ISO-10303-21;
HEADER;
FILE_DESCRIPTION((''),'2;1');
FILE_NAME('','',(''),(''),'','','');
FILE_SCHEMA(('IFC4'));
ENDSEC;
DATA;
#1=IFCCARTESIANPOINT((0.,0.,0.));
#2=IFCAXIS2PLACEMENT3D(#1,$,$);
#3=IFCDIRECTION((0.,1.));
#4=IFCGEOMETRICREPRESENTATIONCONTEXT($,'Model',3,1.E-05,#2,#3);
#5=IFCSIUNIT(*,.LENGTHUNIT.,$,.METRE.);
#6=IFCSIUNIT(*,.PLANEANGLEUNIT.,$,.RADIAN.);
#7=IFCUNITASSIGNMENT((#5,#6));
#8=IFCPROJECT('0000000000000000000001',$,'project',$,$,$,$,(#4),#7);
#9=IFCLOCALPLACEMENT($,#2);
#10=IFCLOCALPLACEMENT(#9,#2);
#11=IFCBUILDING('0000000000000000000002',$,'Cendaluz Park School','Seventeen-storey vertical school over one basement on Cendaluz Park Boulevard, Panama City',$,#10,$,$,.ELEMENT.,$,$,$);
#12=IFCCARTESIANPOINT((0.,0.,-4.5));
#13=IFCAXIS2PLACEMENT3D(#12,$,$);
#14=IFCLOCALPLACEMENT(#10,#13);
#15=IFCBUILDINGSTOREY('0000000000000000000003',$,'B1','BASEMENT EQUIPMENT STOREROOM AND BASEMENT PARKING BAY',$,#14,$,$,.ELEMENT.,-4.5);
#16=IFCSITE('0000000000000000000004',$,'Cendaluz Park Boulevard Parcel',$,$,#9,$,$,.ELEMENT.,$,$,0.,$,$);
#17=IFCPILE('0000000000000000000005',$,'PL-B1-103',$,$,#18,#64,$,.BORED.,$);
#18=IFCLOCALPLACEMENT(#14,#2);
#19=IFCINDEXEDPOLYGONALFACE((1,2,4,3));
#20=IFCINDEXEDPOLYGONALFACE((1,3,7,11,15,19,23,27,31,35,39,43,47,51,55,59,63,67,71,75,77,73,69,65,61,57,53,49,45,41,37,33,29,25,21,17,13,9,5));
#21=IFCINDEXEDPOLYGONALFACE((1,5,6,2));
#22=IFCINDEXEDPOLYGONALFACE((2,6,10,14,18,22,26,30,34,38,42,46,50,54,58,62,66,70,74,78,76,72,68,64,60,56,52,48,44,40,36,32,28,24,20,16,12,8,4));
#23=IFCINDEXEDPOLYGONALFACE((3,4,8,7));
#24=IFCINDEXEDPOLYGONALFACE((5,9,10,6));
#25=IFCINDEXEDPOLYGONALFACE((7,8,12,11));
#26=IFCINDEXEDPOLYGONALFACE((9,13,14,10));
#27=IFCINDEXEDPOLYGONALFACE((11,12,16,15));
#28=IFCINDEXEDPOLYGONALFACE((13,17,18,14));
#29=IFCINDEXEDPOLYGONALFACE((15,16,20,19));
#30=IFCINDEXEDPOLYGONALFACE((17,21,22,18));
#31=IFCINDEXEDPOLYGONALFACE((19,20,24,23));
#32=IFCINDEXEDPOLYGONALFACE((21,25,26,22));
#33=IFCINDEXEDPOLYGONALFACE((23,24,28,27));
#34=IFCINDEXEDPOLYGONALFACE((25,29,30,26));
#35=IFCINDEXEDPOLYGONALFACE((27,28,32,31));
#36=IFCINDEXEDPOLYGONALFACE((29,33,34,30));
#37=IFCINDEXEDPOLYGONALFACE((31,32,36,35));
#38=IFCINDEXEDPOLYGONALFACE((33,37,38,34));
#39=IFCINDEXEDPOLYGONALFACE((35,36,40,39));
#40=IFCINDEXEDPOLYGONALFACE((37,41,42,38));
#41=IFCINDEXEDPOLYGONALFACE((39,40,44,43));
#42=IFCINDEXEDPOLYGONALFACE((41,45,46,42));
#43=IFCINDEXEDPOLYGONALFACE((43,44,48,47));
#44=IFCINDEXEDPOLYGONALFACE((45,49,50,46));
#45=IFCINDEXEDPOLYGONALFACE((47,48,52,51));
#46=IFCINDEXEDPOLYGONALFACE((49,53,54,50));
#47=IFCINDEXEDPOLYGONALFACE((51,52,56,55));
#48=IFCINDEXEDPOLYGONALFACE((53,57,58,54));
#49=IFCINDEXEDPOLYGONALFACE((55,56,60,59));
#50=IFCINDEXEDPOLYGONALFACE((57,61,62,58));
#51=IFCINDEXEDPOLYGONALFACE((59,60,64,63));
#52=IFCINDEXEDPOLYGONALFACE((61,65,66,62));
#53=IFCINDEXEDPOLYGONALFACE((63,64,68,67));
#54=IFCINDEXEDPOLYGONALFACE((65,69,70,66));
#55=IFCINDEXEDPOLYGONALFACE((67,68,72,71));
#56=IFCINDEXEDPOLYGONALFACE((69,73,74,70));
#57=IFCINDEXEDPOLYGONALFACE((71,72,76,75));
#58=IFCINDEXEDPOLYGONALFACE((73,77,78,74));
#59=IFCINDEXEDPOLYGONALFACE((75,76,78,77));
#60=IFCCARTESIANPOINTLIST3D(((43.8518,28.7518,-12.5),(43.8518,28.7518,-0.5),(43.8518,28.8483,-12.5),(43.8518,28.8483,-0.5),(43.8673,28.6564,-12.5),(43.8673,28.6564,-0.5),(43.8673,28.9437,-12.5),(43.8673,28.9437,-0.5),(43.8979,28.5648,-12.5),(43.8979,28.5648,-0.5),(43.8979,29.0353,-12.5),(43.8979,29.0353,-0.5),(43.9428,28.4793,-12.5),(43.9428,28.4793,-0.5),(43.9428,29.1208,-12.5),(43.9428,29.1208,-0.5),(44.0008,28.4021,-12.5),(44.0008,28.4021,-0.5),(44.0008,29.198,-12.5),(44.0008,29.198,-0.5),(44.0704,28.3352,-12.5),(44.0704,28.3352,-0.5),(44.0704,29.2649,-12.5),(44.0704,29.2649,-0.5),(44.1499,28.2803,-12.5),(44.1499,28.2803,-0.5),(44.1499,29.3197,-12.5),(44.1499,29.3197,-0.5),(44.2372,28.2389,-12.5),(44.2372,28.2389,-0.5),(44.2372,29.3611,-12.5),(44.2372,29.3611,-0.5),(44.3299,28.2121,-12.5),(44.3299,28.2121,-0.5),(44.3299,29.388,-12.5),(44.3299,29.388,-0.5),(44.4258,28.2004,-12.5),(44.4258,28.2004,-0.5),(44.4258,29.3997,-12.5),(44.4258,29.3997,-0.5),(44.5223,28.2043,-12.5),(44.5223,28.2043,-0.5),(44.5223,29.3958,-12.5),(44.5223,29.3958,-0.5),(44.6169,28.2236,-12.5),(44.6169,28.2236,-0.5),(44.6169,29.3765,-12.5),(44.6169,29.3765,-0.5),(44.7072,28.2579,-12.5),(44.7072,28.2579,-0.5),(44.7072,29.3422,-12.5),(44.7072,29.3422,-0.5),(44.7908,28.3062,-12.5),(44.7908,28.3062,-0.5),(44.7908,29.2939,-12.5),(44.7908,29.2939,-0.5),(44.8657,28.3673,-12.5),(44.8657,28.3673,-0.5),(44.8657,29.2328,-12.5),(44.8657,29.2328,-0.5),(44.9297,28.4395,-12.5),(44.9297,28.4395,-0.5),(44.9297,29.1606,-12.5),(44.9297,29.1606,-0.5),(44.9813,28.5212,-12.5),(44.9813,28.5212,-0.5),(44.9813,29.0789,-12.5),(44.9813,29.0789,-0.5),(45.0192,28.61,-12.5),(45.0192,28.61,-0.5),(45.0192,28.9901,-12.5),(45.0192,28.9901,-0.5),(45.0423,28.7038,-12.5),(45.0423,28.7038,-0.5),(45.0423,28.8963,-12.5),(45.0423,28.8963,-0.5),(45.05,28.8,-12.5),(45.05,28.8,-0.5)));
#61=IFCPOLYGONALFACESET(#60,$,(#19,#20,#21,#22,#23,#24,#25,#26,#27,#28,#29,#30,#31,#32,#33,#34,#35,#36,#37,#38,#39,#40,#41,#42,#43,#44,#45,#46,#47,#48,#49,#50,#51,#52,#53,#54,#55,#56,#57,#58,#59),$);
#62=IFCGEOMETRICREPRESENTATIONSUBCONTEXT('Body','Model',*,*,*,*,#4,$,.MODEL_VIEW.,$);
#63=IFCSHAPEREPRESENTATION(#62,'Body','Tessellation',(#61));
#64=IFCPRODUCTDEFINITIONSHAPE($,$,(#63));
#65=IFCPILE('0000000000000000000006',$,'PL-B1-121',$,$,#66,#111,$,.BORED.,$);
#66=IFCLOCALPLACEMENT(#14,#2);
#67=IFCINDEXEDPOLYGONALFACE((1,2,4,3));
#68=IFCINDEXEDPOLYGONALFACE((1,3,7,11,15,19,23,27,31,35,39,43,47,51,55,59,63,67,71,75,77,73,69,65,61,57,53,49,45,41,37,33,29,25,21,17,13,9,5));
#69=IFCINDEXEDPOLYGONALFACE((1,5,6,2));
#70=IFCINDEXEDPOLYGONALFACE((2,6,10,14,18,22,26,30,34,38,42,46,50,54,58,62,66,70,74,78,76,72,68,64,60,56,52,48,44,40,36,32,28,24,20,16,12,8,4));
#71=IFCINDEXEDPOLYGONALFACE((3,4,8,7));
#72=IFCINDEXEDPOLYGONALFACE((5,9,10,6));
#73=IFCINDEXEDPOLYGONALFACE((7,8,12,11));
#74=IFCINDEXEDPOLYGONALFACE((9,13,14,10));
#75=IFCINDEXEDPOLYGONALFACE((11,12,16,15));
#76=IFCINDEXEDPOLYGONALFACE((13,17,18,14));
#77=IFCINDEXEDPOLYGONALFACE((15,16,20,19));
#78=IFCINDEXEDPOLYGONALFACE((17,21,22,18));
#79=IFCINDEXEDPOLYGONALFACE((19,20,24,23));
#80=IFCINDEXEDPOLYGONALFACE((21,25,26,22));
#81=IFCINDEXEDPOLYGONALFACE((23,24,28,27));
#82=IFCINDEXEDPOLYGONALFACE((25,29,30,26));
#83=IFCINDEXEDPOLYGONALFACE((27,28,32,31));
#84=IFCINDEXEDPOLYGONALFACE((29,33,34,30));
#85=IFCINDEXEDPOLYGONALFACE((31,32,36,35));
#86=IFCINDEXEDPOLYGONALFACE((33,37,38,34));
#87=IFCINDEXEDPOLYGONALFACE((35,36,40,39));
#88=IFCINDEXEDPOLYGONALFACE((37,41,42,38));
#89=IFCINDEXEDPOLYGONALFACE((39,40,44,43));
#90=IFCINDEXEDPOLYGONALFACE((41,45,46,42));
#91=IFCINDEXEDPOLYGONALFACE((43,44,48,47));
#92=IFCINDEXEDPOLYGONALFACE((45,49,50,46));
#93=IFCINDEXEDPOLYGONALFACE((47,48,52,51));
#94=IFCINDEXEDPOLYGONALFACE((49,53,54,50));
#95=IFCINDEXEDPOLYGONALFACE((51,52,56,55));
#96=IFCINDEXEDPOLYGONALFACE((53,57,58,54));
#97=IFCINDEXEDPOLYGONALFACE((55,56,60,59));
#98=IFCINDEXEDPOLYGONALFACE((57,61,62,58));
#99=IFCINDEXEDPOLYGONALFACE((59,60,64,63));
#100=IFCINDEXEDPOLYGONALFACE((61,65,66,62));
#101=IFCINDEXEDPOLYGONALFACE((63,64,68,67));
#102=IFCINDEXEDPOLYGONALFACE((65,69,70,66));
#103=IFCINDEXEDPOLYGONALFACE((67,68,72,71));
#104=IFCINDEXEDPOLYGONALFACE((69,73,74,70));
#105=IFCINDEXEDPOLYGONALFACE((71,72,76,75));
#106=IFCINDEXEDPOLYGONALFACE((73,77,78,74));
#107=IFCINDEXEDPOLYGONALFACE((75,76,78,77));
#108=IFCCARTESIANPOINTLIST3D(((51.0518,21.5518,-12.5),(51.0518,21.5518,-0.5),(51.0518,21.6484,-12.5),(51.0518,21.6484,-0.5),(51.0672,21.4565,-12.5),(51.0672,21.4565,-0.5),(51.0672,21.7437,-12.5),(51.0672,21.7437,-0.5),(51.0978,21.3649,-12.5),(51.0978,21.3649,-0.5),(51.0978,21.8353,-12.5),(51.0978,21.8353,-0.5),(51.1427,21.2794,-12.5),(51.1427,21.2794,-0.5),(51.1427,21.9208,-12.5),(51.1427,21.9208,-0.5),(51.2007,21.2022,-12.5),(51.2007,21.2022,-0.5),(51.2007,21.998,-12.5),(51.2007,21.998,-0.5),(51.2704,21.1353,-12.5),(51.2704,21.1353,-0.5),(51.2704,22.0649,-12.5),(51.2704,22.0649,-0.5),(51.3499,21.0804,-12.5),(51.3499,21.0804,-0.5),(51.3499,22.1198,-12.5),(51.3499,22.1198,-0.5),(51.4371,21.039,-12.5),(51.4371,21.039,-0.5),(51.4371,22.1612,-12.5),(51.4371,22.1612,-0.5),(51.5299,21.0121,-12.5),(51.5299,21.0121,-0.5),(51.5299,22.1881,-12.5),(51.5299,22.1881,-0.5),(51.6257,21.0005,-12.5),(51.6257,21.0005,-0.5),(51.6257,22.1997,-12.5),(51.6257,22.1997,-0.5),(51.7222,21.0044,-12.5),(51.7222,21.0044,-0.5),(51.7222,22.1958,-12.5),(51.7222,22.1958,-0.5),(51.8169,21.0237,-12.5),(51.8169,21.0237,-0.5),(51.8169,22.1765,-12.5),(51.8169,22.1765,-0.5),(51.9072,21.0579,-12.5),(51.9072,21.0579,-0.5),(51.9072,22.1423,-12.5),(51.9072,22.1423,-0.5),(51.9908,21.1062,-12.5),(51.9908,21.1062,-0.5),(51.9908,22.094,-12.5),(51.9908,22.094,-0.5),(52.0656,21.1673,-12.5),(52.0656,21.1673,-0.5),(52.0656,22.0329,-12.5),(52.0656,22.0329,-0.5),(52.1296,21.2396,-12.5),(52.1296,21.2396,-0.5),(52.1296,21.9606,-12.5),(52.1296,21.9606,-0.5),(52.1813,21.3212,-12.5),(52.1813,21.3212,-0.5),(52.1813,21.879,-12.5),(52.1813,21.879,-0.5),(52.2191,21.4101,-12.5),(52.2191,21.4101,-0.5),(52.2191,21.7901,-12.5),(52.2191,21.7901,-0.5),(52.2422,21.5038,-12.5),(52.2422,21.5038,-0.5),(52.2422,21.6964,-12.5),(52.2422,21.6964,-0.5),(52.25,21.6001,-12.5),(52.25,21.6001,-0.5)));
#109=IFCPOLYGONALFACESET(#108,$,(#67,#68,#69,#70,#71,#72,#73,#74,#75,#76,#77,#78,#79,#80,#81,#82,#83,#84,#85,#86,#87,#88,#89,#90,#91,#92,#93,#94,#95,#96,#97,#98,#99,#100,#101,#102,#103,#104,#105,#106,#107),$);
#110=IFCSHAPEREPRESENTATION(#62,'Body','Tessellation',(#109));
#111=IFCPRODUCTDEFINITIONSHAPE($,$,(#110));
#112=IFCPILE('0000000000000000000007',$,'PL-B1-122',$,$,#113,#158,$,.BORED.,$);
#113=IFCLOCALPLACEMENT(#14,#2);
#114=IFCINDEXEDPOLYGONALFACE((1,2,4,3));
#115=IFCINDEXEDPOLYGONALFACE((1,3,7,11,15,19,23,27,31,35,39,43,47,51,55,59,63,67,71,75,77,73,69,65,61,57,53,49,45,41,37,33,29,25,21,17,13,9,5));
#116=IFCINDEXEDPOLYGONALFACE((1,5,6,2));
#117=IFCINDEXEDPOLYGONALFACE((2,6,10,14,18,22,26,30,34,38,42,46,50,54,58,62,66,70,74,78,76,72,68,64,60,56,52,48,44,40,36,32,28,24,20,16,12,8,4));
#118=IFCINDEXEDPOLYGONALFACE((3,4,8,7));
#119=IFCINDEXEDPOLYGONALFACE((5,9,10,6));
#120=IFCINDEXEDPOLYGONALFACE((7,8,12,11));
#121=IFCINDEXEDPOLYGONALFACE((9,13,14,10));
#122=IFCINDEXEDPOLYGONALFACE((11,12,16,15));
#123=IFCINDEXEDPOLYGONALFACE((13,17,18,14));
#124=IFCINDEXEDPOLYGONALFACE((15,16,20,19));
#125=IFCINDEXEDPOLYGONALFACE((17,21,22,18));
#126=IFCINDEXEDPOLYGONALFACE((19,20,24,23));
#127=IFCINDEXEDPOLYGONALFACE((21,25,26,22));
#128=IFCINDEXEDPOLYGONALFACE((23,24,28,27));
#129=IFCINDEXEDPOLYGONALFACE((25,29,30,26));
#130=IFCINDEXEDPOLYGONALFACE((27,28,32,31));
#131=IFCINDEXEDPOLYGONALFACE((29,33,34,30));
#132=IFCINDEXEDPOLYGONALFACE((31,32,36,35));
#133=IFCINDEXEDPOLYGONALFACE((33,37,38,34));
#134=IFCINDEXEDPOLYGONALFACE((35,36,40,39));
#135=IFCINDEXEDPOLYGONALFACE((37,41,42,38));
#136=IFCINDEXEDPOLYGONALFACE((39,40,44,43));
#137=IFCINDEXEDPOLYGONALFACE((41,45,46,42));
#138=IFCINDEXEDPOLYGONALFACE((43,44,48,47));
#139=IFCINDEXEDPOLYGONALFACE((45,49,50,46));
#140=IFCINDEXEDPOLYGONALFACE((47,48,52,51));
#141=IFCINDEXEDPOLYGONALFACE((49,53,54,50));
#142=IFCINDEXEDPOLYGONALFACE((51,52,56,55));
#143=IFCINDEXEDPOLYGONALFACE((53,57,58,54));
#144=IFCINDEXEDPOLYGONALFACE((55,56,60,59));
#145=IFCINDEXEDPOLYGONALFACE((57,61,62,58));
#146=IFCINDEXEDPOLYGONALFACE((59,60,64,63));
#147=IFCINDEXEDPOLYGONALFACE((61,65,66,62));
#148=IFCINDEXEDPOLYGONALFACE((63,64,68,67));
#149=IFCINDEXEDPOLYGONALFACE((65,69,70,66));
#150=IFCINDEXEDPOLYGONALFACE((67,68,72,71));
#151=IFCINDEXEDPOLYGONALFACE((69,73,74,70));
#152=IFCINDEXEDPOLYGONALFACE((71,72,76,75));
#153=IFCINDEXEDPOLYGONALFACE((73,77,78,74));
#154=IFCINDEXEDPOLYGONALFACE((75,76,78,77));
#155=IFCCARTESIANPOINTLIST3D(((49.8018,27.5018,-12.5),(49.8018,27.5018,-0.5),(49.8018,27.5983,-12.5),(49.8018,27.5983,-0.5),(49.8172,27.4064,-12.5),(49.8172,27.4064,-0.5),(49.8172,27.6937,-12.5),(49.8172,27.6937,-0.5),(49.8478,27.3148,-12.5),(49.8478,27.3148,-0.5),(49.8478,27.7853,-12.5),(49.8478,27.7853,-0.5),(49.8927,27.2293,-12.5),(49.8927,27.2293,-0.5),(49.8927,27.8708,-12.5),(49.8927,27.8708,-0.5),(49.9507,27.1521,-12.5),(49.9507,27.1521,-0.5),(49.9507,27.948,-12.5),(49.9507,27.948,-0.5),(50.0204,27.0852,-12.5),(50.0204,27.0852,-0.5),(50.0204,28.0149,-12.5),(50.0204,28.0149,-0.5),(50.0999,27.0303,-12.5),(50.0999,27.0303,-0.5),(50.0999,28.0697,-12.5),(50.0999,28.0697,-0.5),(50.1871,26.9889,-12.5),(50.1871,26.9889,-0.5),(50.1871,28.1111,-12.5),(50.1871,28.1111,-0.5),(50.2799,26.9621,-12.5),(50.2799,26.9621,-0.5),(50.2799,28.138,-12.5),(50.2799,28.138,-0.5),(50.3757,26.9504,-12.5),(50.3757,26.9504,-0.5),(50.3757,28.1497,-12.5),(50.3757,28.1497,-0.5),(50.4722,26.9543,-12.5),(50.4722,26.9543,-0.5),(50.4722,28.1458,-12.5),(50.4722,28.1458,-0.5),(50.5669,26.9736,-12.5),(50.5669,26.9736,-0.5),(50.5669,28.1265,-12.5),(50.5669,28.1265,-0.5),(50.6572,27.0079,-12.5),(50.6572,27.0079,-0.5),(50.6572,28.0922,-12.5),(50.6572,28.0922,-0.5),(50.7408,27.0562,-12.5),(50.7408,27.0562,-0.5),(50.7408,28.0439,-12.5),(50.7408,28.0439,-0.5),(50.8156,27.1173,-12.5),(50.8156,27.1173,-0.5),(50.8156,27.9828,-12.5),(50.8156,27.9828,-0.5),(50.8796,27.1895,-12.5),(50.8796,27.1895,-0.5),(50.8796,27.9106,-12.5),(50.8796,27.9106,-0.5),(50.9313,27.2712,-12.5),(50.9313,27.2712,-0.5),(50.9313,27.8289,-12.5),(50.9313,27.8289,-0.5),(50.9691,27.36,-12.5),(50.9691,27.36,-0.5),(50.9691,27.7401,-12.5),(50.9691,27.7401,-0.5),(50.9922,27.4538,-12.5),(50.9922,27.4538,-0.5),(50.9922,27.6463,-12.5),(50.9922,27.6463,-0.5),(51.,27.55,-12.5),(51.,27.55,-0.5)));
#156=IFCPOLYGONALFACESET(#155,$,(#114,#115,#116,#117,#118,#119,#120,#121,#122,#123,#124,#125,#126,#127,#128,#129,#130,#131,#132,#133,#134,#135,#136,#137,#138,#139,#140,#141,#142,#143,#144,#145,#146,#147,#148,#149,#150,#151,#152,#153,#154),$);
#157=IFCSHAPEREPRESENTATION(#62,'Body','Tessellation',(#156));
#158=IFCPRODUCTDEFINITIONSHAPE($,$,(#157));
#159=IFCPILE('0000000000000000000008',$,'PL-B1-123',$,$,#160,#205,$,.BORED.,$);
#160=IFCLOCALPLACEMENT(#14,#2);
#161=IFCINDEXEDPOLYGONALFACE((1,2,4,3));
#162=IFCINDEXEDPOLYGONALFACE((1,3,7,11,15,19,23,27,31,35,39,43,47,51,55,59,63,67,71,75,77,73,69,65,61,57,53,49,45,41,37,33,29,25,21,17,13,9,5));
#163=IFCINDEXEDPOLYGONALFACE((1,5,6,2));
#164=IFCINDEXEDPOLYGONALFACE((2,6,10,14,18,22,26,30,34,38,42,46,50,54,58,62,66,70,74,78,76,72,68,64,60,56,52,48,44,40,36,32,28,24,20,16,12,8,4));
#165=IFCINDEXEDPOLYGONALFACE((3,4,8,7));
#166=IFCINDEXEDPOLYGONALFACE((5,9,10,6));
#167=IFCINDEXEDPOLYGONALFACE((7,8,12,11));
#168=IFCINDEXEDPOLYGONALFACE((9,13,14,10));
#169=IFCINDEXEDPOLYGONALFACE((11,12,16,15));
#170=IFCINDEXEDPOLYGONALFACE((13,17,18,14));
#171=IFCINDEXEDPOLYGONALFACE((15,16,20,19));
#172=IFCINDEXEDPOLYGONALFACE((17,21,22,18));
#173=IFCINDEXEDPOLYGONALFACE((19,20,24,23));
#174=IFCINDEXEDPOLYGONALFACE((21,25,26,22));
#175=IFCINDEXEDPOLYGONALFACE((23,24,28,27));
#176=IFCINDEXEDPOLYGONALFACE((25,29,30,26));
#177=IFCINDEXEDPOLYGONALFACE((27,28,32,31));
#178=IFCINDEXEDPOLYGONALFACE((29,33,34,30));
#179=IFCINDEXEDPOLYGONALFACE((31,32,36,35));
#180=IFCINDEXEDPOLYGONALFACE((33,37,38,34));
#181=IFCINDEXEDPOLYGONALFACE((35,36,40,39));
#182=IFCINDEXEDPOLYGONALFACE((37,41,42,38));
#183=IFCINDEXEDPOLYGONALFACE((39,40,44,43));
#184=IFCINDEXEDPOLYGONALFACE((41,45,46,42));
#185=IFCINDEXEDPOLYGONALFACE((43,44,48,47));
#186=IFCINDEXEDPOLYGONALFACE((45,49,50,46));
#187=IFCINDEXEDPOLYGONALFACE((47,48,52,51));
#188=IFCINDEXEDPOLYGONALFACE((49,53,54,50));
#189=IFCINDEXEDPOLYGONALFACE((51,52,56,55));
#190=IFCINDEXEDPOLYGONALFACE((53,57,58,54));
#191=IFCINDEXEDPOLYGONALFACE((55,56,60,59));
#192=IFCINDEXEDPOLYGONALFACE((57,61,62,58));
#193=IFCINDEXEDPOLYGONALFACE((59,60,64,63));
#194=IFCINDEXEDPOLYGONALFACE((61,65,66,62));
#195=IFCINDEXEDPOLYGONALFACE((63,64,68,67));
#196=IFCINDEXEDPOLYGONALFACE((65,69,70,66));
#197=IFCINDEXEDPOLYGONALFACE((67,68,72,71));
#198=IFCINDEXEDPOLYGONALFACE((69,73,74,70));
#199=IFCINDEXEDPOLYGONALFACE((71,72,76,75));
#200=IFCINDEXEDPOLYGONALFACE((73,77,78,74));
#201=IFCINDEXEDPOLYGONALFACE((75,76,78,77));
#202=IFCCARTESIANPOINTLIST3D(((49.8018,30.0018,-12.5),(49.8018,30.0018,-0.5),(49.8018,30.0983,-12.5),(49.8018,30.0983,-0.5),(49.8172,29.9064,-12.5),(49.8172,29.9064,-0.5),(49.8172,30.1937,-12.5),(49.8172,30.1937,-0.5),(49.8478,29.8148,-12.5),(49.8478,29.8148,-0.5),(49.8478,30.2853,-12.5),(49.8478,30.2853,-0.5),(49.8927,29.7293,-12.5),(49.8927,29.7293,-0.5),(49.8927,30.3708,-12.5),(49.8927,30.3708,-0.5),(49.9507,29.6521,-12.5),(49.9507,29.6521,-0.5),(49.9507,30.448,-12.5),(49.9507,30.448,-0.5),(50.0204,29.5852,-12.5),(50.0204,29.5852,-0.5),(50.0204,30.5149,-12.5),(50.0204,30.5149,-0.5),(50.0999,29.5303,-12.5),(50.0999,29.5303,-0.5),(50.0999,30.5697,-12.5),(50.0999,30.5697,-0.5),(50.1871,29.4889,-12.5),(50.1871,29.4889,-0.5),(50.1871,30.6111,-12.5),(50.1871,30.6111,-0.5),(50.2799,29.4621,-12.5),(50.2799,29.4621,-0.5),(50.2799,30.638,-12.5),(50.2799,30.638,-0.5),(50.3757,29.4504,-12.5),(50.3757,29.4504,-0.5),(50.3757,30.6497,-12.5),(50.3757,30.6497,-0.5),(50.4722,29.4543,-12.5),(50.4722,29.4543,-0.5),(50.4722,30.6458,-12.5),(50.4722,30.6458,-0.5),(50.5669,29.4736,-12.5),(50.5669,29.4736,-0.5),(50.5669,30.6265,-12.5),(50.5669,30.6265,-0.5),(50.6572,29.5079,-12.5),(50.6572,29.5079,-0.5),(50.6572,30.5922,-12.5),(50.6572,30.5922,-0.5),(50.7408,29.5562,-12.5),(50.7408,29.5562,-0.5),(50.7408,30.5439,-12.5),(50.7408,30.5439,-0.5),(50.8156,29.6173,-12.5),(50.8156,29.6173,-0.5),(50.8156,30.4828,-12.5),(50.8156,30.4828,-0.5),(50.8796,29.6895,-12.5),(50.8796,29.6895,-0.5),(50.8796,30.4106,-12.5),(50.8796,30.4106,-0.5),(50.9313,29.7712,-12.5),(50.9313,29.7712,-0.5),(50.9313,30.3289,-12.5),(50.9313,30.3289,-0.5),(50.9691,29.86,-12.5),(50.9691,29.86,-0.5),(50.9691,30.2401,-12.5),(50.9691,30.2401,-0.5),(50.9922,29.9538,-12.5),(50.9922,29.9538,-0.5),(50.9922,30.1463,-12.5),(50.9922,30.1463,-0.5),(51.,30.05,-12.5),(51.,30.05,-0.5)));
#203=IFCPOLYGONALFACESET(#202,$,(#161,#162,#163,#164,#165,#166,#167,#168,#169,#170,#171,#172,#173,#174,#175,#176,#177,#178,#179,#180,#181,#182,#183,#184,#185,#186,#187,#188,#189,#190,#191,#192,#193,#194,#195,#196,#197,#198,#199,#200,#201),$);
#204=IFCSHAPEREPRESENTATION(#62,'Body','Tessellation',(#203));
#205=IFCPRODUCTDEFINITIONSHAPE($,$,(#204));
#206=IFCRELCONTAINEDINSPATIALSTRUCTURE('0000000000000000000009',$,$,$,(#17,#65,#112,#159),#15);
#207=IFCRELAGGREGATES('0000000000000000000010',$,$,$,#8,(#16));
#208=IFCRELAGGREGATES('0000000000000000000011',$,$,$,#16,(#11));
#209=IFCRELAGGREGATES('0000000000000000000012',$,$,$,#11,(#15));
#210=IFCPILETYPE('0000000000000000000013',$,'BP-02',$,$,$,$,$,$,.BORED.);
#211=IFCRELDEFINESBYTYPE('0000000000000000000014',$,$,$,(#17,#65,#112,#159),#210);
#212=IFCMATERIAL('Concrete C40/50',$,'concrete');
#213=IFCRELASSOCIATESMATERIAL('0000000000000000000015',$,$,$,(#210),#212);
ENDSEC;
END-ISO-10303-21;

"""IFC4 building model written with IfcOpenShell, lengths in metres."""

from ifc_helpers import new_model, si_unit, direction, frame, origin, origin_2d, place, context, subcontext, project, spatial, circle, extrude, material, material_profile, profile_set, type_object, element, save


model = new_model("IFC4")

# Units and contexts
model_context = context("Model", 3, precision=1e-05, world=origin(), true_north=direction((0.0, 1.0)))
body_context = subcontext(model_context, "Body", "Model", "MODEL_VIEW")
ifc_project = project(units=[si_unit("LENGTHUNIT", "METRE"), si_unit("PLANEANGLEUNIT", "RADIAN")], contexts=[model_context])

# Site, building, storey
site_placement = place(None, origin())
site = spatial("IfcSite", under=ifc_project, at=site_placement, Name="Cendaluz Park Boulevard Parcel", CompositionType="ELEMENT", RefElevation=0.0)
building_placement = place(site_placement, origin())
building = spatial("IfcBuilding", under=site, at=building_placement, Name="Cendaluz Park School", Description="Seventeen-storey vertical school over one basement on Cendaluz Park Boulevard, Panama City", CompositionType="ELEMENT")
storey_placement = place(building_placement, frame((0.0, 0.0, -4.5)))
storey = spatial("IfcBuildingStorey", under=building, at=storey_placement, Name="B1", Description="BASEMENT EQUIPMENT STOREROOM AND BASEMENT PARKING BAY", CompositionType="ELEMENT", Elevation=-4.5)

# Piles
ifc_material_1 = material(Name="Concrete C40/50", Category="concrete")
ifc_material_profile_1 = material_profile(ifc_material_1, circle(Radius=0.6001, at=origin_2d()), Name="BP D1200", Category="concrete")
ifc_profile_set_1 = profile_set([ifc_material_profile_1], Name="Concrete C40/50")
pile_type_1 = type_object("IfcPileType", Name="BP-02", PredefinedType="BORED", material=ifc_profile_set_1)
for number, where, z_axis, x_axis, name in (
    (1, (44.45, 28.8, -0.5), (0.0, 0.0, -1.0), (1.0, 0.0, 0.0), "PL-B1-103"),
    (2, (51.6499, 21.6001, -0.5), (0.0, 0.0, -1.0), (1.0, 0.0, 0.0), "PL-B1-121"),
    (3, (50.3999, 27.55, -0.5), (0.0, 0.0, -1.0), (1.0, 0.0, 0.0), "PL-B1-122"),
    (4, (50.3999, 30.05, -0.5), (0.0, 0.0, -1.0), (1.0, 0.0, 0.0), "PL-B1-123"),
):
    element("IfcPile", number, at=place(storey_placement, frame(where, z_axis=z_axis, x_axis=x_axis)), inside=storey, type_object=pile_type_1, Name=name, PredefinedType="BORED", context=body_context, shape_type="SweptSolid", body=[
        extrude(circle(Radius=0.6001, at=origin_2d()), origin(), (0.0, 0.0, 1.0), 12.0),
    ])

save(model, "model.ifc")
